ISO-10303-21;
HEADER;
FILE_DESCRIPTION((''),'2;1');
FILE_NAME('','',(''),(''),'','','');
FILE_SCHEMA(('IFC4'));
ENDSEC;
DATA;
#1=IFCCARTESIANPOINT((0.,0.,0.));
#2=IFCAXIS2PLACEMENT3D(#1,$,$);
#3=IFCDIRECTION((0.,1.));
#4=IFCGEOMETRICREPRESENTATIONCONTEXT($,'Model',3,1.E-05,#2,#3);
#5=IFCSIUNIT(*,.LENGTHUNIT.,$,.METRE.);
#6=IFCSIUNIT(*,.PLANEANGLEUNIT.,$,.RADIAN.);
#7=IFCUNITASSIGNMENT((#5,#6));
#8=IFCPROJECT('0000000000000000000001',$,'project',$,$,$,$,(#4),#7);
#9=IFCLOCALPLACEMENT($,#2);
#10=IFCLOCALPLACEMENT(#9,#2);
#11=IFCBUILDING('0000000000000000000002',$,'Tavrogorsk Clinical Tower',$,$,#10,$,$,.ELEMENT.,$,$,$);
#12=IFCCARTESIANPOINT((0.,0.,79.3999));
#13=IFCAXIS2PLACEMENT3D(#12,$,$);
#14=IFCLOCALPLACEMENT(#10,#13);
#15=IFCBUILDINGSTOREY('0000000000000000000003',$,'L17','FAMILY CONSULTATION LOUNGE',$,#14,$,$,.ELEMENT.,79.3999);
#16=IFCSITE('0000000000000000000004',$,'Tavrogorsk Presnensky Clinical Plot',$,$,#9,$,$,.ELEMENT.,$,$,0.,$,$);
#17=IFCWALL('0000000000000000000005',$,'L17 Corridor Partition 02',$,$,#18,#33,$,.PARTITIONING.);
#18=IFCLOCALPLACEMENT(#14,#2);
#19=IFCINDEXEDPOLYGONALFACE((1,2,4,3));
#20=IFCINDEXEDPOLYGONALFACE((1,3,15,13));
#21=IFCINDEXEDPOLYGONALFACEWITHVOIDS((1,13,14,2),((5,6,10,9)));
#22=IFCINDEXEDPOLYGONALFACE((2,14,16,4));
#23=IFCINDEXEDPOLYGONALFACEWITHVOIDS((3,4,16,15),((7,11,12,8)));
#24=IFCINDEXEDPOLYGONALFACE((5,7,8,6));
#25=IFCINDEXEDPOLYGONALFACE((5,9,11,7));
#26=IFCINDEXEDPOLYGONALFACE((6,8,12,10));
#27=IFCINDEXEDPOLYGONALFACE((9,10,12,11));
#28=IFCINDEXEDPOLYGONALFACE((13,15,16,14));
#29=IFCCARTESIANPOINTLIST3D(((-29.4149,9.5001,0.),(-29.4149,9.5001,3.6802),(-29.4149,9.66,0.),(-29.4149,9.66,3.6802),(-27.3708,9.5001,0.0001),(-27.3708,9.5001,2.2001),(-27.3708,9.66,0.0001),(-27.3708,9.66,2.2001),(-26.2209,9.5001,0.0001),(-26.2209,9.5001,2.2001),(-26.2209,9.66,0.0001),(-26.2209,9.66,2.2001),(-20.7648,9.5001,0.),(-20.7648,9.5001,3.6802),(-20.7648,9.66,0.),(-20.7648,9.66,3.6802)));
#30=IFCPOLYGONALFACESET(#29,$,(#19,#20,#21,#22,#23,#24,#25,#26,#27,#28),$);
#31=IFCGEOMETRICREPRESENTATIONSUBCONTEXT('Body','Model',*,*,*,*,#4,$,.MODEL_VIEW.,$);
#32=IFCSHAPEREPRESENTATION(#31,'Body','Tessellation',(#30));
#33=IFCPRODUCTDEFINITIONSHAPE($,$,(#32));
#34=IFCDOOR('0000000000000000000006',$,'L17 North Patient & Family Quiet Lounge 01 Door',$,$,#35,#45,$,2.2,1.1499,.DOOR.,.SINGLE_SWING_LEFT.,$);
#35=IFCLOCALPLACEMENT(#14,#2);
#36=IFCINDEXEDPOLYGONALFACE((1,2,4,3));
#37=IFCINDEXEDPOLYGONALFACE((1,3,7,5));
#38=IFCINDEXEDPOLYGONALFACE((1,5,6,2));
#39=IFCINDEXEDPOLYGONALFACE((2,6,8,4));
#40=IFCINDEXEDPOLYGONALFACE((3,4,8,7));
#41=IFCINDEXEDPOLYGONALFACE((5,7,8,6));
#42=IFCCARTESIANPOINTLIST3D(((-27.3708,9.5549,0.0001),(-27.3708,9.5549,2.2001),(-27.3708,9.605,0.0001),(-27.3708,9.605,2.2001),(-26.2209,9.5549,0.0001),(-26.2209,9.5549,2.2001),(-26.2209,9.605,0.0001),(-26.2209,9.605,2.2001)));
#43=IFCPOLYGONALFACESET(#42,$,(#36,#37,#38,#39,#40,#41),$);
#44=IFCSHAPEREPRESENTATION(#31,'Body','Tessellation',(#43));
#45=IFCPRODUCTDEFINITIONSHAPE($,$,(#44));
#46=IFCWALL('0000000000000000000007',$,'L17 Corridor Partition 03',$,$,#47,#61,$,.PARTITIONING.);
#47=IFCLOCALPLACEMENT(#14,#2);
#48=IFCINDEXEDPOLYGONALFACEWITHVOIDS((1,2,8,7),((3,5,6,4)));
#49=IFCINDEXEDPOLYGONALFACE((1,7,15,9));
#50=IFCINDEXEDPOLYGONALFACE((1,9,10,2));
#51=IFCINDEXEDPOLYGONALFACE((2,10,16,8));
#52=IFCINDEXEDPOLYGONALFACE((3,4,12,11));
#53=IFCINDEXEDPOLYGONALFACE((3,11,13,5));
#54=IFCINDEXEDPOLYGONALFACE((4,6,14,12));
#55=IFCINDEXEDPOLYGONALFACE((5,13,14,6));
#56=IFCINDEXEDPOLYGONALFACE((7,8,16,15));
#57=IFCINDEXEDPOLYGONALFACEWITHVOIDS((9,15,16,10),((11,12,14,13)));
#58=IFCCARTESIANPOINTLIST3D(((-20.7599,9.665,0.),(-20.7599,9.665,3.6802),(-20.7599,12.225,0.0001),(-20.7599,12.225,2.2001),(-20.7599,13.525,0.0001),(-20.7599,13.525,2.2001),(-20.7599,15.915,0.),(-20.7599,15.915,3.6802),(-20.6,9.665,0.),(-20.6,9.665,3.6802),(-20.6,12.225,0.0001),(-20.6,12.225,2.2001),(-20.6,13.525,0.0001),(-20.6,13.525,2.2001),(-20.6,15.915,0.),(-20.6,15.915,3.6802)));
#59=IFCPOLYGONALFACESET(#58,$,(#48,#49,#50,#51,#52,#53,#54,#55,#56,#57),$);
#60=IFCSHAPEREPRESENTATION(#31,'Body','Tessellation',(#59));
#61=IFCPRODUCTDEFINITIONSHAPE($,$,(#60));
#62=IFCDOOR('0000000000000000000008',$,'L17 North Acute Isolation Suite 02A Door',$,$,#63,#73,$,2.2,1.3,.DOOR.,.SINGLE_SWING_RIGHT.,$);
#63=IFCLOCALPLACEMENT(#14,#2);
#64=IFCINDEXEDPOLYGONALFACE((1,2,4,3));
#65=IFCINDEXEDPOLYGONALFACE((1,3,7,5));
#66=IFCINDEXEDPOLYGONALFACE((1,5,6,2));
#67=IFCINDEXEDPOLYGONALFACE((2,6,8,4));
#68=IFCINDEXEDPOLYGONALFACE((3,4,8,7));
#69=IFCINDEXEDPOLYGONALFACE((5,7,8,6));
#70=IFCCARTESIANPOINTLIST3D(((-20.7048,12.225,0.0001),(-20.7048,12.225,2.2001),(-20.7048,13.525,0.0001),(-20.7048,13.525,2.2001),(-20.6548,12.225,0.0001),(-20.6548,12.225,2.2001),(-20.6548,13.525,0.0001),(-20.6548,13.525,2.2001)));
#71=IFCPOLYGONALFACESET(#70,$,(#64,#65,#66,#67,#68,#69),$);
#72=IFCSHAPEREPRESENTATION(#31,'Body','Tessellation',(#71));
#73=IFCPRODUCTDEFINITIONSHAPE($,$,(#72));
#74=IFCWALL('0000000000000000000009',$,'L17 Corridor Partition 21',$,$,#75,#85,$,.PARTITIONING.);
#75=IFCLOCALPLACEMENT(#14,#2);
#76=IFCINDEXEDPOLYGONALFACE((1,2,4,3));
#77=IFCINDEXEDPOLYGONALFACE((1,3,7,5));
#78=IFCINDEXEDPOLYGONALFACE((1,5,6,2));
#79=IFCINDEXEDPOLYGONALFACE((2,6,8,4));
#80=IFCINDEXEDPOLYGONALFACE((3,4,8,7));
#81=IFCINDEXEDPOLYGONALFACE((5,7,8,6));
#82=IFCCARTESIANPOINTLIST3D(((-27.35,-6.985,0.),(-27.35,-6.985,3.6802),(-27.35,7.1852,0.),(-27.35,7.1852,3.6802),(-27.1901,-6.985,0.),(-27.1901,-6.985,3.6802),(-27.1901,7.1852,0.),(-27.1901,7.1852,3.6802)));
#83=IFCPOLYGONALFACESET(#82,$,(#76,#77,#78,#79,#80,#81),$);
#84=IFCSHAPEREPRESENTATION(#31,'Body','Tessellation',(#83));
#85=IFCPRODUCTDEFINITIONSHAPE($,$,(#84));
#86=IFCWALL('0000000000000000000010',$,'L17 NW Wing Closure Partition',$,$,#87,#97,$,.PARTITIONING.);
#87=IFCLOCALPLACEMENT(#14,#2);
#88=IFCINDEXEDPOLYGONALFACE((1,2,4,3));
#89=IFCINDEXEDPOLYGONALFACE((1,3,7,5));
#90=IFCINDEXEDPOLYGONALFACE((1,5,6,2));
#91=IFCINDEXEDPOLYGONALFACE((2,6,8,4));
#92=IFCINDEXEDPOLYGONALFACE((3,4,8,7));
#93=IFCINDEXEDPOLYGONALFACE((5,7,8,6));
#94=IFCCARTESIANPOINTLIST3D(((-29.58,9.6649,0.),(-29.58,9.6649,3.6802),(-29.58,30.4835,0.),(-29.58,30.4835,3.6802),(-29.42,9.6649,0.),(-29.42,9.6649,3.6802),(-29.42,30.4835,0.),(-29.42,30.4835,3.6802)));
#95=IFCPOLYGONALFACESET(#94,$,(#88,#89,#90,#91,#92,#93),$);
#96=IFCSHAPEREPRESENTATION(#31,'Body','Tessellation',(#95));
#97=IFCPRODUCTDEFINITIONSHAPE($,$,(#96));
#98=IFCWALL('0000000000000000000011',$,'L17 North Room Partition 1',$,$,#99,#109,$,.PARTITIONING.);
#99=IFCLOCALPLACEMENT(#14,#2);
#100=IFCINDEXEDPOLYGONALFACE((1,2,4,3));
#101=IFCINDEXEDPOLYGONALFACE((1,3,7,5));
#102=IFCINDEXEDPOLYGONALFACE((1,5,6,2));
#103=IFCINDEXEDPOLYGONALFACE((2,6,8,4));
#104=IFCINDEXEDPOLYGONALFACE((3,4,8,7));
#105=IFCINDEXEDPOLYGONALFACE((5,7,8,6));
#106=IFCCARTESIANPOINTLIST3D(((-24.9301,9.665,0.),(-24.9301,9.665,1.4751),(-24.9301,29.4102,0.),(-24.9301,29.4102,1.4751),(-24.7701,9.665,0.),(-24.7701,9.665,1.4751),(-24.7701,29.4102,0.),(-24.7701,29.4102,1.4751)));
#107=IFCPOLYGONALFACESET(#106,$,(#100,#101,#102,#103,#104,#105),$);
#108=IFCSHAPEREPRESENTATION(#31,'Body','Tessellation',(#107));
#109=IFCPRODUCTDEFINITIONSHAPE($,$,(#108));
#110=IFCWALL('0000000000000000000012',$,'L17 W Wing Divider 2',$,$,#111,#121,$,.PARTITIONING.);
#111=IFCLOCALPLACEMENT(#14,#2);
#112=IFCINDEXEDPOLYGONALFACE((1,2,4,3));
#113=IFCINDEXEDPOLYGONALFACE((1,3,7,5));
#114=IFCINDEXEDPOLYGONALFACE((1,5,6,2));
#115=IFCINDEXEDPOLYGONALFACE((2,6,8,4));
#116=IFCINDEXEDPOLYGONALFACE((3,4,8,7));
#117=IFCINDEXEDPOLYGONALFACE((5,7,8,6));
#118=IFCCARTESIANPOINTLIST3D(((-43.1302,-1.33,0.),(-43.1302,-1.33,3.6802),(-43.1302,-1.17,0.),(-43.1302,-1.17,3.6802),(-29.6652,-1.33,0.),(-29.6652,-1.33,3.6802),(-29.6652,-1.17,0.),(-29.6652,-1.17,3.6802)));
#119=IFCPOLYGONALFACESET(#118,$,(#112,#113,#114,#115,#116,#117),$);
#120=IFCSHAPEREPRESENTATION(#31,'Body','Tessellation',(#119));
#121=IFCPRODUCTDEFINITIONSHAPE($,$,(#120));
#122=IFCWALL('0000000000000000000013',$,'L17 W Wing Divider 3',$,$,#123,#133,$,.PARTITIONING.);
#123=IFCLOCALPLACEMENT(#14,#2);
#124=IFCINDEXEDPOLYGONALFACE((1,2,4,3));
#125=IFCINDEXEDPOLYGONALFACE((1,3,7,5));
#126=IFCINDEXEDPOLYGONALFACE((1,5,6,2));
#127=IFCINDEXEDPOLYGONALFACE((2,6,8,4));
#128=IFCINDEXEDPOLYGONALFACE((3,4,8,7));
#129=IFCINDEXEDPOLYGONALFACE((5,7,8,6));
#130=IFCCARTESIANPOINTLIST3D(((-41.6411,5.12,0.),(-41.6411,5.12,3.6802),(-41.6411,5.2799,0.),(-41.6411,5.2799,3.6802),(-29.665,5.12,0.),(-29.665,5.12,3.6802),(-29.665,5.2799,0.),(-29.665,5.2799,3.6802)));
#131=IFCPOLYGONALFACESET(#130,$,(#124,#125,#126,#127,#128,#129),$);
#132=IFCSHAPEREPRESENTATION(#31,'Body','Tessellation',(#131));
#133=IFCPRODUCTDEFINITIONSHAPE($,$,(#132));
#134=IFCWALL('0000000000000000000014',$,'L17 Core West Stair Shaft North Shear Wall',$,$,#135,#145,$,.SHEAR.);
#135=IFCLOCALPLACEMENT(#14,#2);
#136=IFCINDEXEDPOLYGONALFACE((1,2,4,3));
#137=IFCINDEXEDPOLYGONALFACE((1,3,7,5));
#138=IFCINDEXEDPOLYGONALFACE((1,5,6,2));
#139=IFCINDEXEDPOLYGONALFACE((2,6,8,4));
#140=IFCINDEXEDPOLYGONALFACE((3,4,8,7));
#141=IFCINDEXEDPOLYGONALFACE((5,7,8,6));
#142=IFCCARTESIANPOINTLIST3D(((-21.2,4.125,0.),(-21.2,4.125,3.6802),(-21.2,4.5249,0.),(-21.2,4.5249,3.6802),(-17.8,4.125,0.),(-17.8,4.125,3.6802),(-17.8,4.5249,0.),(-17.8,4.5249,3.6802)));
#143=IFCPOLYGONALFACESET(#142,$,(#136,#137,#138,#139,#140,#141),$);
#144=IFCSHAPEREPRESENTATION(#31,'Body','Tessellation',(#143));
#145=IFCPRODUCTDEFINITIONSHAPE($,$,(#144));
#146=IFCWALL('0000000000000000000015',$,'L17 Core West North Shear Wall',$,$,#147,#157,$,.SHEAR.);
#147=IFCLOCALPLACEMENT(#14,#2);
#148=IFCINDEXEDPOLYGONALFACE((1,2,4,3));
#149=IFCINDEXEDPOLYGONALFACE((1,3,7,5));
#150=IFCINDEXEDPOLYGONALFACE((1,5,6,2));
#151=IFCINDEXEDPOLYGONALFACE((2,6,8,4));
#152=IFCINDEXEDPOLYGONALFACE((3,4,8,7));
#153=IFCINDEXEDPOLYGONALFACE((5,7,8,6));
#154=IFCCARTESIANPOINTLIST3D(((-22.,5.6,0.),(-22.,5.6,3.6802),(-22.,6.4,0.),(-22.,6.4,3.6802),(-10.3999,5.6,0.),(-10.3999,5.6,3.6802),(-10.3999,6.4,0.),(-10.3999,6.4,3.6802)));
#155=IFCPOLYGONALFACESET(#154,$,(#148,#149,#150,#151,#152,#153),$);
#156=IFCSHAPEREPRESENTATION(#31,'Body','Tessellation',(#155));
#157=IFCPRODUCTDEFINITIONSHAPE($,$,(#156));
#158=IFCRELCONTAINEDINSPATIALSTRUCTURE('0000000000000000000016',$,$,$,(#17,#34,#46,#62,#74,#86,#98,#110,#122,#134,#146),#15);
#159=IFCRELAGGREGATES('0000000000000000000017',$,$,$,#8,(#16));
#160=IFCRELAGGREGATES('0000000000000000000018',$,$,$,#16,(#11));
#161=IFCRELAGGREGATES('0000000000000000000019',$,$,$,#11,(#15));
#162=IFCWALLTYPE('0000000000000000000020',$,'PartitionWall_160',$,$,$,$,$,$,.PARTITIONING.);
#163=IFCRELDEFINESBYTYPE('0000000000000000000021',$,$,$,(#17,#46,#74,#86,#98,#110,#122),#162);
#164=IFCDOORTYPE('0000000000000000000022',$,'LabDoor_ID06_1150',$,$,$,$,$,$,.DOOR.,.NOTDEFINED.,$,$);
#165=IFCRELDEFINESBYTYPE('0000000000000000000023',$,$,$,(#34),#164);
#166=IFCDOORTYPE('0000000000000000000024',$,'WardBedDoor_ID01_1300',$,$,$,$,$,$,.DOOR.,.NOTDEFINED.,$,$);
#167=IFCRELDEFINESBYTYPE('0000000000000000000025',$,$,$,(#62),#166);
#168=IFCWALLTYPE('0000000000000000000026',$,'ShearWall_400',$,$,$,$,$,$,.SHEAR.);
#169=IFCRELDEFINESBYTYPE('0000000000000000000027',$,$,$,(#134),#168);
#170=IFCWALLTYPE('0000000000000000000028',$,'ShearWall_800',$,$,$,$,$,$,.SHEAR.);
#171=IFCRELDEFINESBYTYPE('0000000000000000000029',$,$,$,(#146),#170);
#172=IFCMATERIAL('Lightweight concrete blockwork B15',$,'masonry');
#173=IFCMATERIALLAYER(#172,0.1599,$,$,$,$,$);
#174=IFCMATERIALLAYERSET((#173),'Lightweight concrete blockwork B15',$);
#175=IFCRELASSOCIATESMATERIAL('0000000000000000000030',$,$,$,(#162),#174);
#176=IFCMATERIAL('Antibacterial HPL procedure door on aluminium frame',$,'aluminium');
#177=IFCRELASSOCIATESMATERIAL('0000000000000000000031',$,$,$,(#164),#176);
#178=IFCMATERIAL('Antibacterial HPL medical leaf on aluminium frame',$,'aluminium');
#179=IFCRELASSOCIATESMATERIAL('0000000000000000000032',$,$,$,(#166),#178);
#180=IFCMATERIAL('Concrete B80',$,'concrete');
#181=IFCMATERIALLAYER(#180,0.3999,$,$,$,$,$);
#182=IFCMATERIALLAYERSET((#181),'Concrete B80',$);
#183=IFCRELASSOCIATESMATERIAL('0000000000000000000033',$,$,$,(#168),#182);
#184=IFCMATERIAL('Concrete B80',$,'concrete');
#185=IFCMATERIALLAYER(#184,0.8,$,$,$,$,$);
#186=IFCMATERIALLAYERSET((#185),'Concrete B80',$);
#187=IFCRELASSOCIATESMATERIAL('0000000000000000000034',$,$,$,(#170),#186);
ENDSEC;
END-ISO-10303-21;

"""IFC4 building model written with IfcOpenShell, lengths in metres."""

from ifc_helpers import new_model, si_unit, direction, frame, frame_2d, origin, place, context, subcontext, project, spatial, rectangle, extrude, material, layer, layer_set, type_object, element, fill, save


model = new_model("IFC4")

# Units and contexts
model_context = context("Model", 3, precision=1e-05, world=origin(), true_north=direction((0.0, 1.0)))
body_context = subcontext(model_context, "Body", "Model", "MODEL_VIEW")
ifc_project = project(units=[si_unit("LENGTHUNIT", "METRE"), si_unit("PLANEANGLEUNIT", "RADIAN")], contexts=[model_context])

# Site, building, storey
site_placement = place(None, origin())
site = spatial("IfcSite", under=ifc_project, at=site_placement, Name="Tavrogorsk Presnensky Clinical Plot", CompositionType="ELEMENT", RefElevation=0.0)
building_placement = place(site_placement, origin())
building = spatial("IfcBuilding", under=site, at=building_placement, Name="Tavrogorsk Clinical Tower", CompositionType="ELEMENT")
storey_placement = place(building_placement, frame((0.0, 0.0, 79.3999)))
storey = spatial("IfcBuildingStorey", under=building, at=storey_placement, Name="L17", Description="FAMILY CONSULTATION LOUNGE", CompositionType="ELEMENT", Elevation=79.3999)

# Walls, openings, doors
ifc_material_1 = material(Name="Lightweight concrete blockwork B15", Category="masonry")
ifc_layer_1 = layer(ifc_material_1, 0.1599)
ifc_layer_set_1 = layer_set([ifc_layer_1], Name="Lightweight concrete blockwork B15")
wall_type_1 = type_object("IfcWallType", Name="PartitionWall_160", PredefinedType="PARTITIONING", material=ifc_layer_set_1)
wall_1_placement = place(storey_placement, frame((-29.415, 9.5801, 0.0), z_axis=(0.0, 0.0, 1.0), x_axis=(1.0, 0.0, 0.0)))
wall_1 = element("IfcWall", 1, at=wall_1_placement, inside=storey, type_object=wall_type_1, Name="L17 Corridor Partition 02", PredefinedType="PARTITIONING", context=body_context, shape_type="SweptSolid", body=[
    extrude(rectangle(XDim=8.6501, YDim=0.1599, at=frame_2d((4.3252, 0.0))), origin(), (0.0, 0.0, 1.0), 3.6802),
])
opening_1_placement = place(wall_1_placement, frame((2.0442, 0.0, 0.0)))
opening_1 = element("IfcOpeningElement", 2, at=opening_1_placement, cuts=wall_1, PredefinedType="OPENING", context=body_context, shape_type="SweptSolid", body=[
    extrude(rectangle(XDim=1.1499, YDim=2.2, at=frame_2d((0.575, 1.1001))), frame((0.0, 0.0898, 0.0), z_axis=(0.0, -1.0, 0.0), x_axis=(1.0, 0.0, 0.0)), (0.0, 0.0, 1.0), 0.1799),
])
ifc_material_2 = material(Name="Antibacterial HPL procedure door on aluminium frame", Category="aluminium")
door_type_1 = type_object("IfcDoorType", Name="LabDoor_ID06_1150", OperationType="NOTDEFINED", PredefinedType="DOOR", material=ifc_material_2)
door_1_placement = place(opening_1_placement, origin())
door_1 = element("IfcDoor", 3, at=door_1_placement, inside=storey, type_object=door_type_1, Name="L17 North Patient & Family Quiet Lounge 01 Door", OperationType="SINGLE_SWING_LEFT", OverallHeight=2.2, OverallWidth=1.1499, PredefinedType="DOOR", context=body_context, shape_type="SweptSolid", body=[
    extrude(rectangle(XDim=1.1499, YDim=2.2, at=frame_2d((0.575, 1.1001))), frame((0.0, 0.0249, 0.0), z_axis=(0.0, -1.0, 0.0), x_axis=(1.0, 0.0, 0.0)), (0.0, 0.0, 1.0), 0.05),
])
fill(opening_1, door_1)
wall_2_placement = place(storey_placement, frame((-20.6799, 9.665, 0.0), z_axis=(0.0, 0.0, 1.0), x_axis=(0.0, 1.0, 0.0)))
wall_2 = element("IfcWall", 4, at=wall_2_placement, inside=storey, type_object=wall_type_1, Name="L17 Corridor Partition 03", PredefinedType="PARTITIONING", context=body_context, shape_type="SweptSolid", body=[
    extrude(rectangle(XDim=6.25, YDim=0.1599, at=frame_2d((3.125, 0.0))), origin(), (0.0, 0.0, 1.0), 3.6802),
])
opening_2_placement = place(wall_2_placement, frame((2.5601, 0.0, 0.0)))
opening_2 = element("IfcOpeningElement", 5, at=opening_2_placement, cuts=wall_2, PredefinedType="OPENING", context=body_context, shape_type="SweptSolid", body=[
    extrude(rectangle(XDim=1.3, YDim=2.2, at=frame_2d((0.6499, 1.1001))), frame((0.0, 0.0898, 0.0), z_axis=(0.0, -1.0, 0.0), x_axis=(1.0, 0.0, 0.0)), (0.0, 0.0, 1.0), 0.1799),
])
ifc_material_3 = material(Name="Antibacterial HPL medical leaf on aluminium frame", Category="aluminium")
door_type_2 = type_object("IfcDoorType", Name="WardBedDoor_ID01_1300", OperationType="NOTDEFINED", PredefinedType="DOOR", material=ifc_material_3)
door_2_placement = place(opening_2_placement, origin())
door_2 = element("IfcDoor", 6, at=door_2_placement, inside=storey, type_object=door_type_2, Name="L17 North Acute Isolation Suite 02A Door", OperationType="SINGLE_SWING_RIGHT", OverallHeight=2.2, OverallWidth=1.3, PredefinedType="DOOR", context=body_context, shape_type="SweptSolid", body=[
    extrude(rectangle(XDim=1.3, YDim=2.2, at=frame_2d((0.6499, 1.1001))), frame((0.0, 0.0249, 0.0), z_axis=(0.0, -1.0, 0.0), x_axis=(1.0, 0.0, 0.0)), (0.0, 0.0, 1.0), 0.05),
])
fill(opening_2, door_2)

# Walls
wall_3_placement = place(storey_placement, frame((-27.27, 7.1851, 0.0), z_axis=(0.0, 0.0, 1.0), x_axis=(0.0, -1.0, 0.0)))
element("IfcWall", 7, at=wall_3_placement, inside=storey, type_object=wall_type_1, Name="L17 Corridor Partition 21", PredefinedType="PARTITIONING", context=body_context, shape_type="SweptSolid", body=[
    extrude(rectangle(XDim=14.1702, YDim=0.1599, at=frame_2d((7.085, 0.0))), origin(), (0.0, 0.0, 1.0), 3.6802),
])
wall_4_placement = place(storey_placement, frame((-29.5, 9.665, 0.0), z_axis=(0.0, 0.0, 1.0), x_axis=(0.0, 1.0, 0.0)))
element("IfcWall", 8, at=wall_4_placement, inside=storey, type_object=wall_type_1, Name="L17 NW Wing Closure Partition", PredefinedType="PARTITIONING", context=body_context, shape_type="SweptSolid", body=[
    extrude(rectangle(XDim=20.8186, YDim=0.1599, at=frame_2d((10.4092, 0.0))), origin(), (0.0, 0.0, 1.0), 3.6802),
])
wall_5_placement = place(storey_placement, frame((-24.8501, 9.665, 0.0), z_axis=(0.0, 0.0, 1.0), x_axis=(0.0, 1.0, 0.0)))
element("IfcWall", 9, at=wall_5_placement, inside=storey, type_object=wall_type_1, Name="L17 North Room Partition 1", PredefinedType="PARTITIONING", context=body_context, shape_type="SweptSolid", body=[
    extrude(rectangle(XDim=19.7451, YDim=0.1599, at=frame_2d((9.8726, 0.0))), origin(), (0.0, 0.0, 1.0), 1.4751),
])
wall_6_placement = place(storey_placement, frame((-43.1301, -1.25, 0.0), z_axis=(0.0, 0.0, 1.0), x_axis=(1.0, 0.0, 0.0)))
element("IfcWall", 10, at=wall_6_placement, inside=storey, type_object=wall_type_1, Name="L17 W Wing Divider 2", PredefinedType="PARTITIONING", context=body_context, shape_type="SweptSolid", body=[
    extrude(rectangle(XDim=13.4651, YDim=0.1599, at=frame_2d((6.7324, 0.0))), origin(), (0.0, 0.0, 1.0), 3.6802),
])
wall_7_placement = place(storey_placement, frame((-41.6411, 5.2, 0.0), z_axis=(0.0, 0.0, 1.0), x_axis=(1.0, 0.0, 0.0)))
element("IfcWall", 11, at=wall_7_placement, inside=storey, type_object=wall_type_1, Name="L17 W Wing Divider 3", PredefinedType="PARTITIONING", context=body_context, shape_type="SweptSolid", body=[
    extrude(rectangle(XDim=11.9761, YDim=0.1599, at=frame_2d((5.988, 0.0))), origin(), (0.0, 0.0, 1.0), 3.6802),
])
ifc_material_4 = material(Name="Concrete B80", Category="concrete")
ifc_layer_2 = layer(ifc_material_4, 0.3999)
ifc_layer_set_2 = layer_set([ifc_layer_2], Name="Concrete B80")
wall_type_2 = type_object("IfcWallType", Name="ShearWall_400", PredefinedType="SHEAR", material=ifc_layer_set_2)
wall_8_placement = place(storey_placement, frame((-21.2, 4.325, 0.0), z_axis=(0.0, 0.0, 1.0), x_axis=(1.0, 0.0, 0.0)))
element("IfcWall", 12, at=wall_8_placement, inside=storey, type_object=wall_type_2, Name="L17 Core West Stair Shaft North Shear Wall", PredefinedType="SHEAR", context=body_context, shape_type="SweptSolid", body=[
    extrude(rectangle(XDim=3.3999, YDim=0.3999, at=frame_2d((1.7, 0.0))), origin(), (0.0, 0.0, 1.0), 3.6802),
])
ifc_material_5 = material(Name="Concrete B80", Category="concrete")
ifc_layer_3 = layer(ifc_material_5, 0.8)
ifc_layer_set_3 = layer_set([ifc_layer_3], Name="Concrete B80")
wall_type_3 = type_object("IfcWallType", Name="ShearWall_800", PredefinedType="SHEAR", material=ifc_layer_set_3)
wall_9_placement = place(storey_placement, frame((-22.0, 6.0, 0.0), z_axis=(0.0, 0.0, 1.0), x_axis=(1.0, 0.0, 0.0)))
element("IfcWall", 13, at=wall_9_placement, inside=storey, type_object=wall_type_3, Name="L17 Core West North Shear Wall", PredefinedType="SHEAR", context=body_context, shape_type="SweptSolid", body=[
    extrude(rectangle(XDim=11.6001, YDim=0.8, at=frame_2d((5.8, 0.0))), origin(), (0.0, 0.0, 1.0), 3.6802),
])

save(model, "model.ifc")
